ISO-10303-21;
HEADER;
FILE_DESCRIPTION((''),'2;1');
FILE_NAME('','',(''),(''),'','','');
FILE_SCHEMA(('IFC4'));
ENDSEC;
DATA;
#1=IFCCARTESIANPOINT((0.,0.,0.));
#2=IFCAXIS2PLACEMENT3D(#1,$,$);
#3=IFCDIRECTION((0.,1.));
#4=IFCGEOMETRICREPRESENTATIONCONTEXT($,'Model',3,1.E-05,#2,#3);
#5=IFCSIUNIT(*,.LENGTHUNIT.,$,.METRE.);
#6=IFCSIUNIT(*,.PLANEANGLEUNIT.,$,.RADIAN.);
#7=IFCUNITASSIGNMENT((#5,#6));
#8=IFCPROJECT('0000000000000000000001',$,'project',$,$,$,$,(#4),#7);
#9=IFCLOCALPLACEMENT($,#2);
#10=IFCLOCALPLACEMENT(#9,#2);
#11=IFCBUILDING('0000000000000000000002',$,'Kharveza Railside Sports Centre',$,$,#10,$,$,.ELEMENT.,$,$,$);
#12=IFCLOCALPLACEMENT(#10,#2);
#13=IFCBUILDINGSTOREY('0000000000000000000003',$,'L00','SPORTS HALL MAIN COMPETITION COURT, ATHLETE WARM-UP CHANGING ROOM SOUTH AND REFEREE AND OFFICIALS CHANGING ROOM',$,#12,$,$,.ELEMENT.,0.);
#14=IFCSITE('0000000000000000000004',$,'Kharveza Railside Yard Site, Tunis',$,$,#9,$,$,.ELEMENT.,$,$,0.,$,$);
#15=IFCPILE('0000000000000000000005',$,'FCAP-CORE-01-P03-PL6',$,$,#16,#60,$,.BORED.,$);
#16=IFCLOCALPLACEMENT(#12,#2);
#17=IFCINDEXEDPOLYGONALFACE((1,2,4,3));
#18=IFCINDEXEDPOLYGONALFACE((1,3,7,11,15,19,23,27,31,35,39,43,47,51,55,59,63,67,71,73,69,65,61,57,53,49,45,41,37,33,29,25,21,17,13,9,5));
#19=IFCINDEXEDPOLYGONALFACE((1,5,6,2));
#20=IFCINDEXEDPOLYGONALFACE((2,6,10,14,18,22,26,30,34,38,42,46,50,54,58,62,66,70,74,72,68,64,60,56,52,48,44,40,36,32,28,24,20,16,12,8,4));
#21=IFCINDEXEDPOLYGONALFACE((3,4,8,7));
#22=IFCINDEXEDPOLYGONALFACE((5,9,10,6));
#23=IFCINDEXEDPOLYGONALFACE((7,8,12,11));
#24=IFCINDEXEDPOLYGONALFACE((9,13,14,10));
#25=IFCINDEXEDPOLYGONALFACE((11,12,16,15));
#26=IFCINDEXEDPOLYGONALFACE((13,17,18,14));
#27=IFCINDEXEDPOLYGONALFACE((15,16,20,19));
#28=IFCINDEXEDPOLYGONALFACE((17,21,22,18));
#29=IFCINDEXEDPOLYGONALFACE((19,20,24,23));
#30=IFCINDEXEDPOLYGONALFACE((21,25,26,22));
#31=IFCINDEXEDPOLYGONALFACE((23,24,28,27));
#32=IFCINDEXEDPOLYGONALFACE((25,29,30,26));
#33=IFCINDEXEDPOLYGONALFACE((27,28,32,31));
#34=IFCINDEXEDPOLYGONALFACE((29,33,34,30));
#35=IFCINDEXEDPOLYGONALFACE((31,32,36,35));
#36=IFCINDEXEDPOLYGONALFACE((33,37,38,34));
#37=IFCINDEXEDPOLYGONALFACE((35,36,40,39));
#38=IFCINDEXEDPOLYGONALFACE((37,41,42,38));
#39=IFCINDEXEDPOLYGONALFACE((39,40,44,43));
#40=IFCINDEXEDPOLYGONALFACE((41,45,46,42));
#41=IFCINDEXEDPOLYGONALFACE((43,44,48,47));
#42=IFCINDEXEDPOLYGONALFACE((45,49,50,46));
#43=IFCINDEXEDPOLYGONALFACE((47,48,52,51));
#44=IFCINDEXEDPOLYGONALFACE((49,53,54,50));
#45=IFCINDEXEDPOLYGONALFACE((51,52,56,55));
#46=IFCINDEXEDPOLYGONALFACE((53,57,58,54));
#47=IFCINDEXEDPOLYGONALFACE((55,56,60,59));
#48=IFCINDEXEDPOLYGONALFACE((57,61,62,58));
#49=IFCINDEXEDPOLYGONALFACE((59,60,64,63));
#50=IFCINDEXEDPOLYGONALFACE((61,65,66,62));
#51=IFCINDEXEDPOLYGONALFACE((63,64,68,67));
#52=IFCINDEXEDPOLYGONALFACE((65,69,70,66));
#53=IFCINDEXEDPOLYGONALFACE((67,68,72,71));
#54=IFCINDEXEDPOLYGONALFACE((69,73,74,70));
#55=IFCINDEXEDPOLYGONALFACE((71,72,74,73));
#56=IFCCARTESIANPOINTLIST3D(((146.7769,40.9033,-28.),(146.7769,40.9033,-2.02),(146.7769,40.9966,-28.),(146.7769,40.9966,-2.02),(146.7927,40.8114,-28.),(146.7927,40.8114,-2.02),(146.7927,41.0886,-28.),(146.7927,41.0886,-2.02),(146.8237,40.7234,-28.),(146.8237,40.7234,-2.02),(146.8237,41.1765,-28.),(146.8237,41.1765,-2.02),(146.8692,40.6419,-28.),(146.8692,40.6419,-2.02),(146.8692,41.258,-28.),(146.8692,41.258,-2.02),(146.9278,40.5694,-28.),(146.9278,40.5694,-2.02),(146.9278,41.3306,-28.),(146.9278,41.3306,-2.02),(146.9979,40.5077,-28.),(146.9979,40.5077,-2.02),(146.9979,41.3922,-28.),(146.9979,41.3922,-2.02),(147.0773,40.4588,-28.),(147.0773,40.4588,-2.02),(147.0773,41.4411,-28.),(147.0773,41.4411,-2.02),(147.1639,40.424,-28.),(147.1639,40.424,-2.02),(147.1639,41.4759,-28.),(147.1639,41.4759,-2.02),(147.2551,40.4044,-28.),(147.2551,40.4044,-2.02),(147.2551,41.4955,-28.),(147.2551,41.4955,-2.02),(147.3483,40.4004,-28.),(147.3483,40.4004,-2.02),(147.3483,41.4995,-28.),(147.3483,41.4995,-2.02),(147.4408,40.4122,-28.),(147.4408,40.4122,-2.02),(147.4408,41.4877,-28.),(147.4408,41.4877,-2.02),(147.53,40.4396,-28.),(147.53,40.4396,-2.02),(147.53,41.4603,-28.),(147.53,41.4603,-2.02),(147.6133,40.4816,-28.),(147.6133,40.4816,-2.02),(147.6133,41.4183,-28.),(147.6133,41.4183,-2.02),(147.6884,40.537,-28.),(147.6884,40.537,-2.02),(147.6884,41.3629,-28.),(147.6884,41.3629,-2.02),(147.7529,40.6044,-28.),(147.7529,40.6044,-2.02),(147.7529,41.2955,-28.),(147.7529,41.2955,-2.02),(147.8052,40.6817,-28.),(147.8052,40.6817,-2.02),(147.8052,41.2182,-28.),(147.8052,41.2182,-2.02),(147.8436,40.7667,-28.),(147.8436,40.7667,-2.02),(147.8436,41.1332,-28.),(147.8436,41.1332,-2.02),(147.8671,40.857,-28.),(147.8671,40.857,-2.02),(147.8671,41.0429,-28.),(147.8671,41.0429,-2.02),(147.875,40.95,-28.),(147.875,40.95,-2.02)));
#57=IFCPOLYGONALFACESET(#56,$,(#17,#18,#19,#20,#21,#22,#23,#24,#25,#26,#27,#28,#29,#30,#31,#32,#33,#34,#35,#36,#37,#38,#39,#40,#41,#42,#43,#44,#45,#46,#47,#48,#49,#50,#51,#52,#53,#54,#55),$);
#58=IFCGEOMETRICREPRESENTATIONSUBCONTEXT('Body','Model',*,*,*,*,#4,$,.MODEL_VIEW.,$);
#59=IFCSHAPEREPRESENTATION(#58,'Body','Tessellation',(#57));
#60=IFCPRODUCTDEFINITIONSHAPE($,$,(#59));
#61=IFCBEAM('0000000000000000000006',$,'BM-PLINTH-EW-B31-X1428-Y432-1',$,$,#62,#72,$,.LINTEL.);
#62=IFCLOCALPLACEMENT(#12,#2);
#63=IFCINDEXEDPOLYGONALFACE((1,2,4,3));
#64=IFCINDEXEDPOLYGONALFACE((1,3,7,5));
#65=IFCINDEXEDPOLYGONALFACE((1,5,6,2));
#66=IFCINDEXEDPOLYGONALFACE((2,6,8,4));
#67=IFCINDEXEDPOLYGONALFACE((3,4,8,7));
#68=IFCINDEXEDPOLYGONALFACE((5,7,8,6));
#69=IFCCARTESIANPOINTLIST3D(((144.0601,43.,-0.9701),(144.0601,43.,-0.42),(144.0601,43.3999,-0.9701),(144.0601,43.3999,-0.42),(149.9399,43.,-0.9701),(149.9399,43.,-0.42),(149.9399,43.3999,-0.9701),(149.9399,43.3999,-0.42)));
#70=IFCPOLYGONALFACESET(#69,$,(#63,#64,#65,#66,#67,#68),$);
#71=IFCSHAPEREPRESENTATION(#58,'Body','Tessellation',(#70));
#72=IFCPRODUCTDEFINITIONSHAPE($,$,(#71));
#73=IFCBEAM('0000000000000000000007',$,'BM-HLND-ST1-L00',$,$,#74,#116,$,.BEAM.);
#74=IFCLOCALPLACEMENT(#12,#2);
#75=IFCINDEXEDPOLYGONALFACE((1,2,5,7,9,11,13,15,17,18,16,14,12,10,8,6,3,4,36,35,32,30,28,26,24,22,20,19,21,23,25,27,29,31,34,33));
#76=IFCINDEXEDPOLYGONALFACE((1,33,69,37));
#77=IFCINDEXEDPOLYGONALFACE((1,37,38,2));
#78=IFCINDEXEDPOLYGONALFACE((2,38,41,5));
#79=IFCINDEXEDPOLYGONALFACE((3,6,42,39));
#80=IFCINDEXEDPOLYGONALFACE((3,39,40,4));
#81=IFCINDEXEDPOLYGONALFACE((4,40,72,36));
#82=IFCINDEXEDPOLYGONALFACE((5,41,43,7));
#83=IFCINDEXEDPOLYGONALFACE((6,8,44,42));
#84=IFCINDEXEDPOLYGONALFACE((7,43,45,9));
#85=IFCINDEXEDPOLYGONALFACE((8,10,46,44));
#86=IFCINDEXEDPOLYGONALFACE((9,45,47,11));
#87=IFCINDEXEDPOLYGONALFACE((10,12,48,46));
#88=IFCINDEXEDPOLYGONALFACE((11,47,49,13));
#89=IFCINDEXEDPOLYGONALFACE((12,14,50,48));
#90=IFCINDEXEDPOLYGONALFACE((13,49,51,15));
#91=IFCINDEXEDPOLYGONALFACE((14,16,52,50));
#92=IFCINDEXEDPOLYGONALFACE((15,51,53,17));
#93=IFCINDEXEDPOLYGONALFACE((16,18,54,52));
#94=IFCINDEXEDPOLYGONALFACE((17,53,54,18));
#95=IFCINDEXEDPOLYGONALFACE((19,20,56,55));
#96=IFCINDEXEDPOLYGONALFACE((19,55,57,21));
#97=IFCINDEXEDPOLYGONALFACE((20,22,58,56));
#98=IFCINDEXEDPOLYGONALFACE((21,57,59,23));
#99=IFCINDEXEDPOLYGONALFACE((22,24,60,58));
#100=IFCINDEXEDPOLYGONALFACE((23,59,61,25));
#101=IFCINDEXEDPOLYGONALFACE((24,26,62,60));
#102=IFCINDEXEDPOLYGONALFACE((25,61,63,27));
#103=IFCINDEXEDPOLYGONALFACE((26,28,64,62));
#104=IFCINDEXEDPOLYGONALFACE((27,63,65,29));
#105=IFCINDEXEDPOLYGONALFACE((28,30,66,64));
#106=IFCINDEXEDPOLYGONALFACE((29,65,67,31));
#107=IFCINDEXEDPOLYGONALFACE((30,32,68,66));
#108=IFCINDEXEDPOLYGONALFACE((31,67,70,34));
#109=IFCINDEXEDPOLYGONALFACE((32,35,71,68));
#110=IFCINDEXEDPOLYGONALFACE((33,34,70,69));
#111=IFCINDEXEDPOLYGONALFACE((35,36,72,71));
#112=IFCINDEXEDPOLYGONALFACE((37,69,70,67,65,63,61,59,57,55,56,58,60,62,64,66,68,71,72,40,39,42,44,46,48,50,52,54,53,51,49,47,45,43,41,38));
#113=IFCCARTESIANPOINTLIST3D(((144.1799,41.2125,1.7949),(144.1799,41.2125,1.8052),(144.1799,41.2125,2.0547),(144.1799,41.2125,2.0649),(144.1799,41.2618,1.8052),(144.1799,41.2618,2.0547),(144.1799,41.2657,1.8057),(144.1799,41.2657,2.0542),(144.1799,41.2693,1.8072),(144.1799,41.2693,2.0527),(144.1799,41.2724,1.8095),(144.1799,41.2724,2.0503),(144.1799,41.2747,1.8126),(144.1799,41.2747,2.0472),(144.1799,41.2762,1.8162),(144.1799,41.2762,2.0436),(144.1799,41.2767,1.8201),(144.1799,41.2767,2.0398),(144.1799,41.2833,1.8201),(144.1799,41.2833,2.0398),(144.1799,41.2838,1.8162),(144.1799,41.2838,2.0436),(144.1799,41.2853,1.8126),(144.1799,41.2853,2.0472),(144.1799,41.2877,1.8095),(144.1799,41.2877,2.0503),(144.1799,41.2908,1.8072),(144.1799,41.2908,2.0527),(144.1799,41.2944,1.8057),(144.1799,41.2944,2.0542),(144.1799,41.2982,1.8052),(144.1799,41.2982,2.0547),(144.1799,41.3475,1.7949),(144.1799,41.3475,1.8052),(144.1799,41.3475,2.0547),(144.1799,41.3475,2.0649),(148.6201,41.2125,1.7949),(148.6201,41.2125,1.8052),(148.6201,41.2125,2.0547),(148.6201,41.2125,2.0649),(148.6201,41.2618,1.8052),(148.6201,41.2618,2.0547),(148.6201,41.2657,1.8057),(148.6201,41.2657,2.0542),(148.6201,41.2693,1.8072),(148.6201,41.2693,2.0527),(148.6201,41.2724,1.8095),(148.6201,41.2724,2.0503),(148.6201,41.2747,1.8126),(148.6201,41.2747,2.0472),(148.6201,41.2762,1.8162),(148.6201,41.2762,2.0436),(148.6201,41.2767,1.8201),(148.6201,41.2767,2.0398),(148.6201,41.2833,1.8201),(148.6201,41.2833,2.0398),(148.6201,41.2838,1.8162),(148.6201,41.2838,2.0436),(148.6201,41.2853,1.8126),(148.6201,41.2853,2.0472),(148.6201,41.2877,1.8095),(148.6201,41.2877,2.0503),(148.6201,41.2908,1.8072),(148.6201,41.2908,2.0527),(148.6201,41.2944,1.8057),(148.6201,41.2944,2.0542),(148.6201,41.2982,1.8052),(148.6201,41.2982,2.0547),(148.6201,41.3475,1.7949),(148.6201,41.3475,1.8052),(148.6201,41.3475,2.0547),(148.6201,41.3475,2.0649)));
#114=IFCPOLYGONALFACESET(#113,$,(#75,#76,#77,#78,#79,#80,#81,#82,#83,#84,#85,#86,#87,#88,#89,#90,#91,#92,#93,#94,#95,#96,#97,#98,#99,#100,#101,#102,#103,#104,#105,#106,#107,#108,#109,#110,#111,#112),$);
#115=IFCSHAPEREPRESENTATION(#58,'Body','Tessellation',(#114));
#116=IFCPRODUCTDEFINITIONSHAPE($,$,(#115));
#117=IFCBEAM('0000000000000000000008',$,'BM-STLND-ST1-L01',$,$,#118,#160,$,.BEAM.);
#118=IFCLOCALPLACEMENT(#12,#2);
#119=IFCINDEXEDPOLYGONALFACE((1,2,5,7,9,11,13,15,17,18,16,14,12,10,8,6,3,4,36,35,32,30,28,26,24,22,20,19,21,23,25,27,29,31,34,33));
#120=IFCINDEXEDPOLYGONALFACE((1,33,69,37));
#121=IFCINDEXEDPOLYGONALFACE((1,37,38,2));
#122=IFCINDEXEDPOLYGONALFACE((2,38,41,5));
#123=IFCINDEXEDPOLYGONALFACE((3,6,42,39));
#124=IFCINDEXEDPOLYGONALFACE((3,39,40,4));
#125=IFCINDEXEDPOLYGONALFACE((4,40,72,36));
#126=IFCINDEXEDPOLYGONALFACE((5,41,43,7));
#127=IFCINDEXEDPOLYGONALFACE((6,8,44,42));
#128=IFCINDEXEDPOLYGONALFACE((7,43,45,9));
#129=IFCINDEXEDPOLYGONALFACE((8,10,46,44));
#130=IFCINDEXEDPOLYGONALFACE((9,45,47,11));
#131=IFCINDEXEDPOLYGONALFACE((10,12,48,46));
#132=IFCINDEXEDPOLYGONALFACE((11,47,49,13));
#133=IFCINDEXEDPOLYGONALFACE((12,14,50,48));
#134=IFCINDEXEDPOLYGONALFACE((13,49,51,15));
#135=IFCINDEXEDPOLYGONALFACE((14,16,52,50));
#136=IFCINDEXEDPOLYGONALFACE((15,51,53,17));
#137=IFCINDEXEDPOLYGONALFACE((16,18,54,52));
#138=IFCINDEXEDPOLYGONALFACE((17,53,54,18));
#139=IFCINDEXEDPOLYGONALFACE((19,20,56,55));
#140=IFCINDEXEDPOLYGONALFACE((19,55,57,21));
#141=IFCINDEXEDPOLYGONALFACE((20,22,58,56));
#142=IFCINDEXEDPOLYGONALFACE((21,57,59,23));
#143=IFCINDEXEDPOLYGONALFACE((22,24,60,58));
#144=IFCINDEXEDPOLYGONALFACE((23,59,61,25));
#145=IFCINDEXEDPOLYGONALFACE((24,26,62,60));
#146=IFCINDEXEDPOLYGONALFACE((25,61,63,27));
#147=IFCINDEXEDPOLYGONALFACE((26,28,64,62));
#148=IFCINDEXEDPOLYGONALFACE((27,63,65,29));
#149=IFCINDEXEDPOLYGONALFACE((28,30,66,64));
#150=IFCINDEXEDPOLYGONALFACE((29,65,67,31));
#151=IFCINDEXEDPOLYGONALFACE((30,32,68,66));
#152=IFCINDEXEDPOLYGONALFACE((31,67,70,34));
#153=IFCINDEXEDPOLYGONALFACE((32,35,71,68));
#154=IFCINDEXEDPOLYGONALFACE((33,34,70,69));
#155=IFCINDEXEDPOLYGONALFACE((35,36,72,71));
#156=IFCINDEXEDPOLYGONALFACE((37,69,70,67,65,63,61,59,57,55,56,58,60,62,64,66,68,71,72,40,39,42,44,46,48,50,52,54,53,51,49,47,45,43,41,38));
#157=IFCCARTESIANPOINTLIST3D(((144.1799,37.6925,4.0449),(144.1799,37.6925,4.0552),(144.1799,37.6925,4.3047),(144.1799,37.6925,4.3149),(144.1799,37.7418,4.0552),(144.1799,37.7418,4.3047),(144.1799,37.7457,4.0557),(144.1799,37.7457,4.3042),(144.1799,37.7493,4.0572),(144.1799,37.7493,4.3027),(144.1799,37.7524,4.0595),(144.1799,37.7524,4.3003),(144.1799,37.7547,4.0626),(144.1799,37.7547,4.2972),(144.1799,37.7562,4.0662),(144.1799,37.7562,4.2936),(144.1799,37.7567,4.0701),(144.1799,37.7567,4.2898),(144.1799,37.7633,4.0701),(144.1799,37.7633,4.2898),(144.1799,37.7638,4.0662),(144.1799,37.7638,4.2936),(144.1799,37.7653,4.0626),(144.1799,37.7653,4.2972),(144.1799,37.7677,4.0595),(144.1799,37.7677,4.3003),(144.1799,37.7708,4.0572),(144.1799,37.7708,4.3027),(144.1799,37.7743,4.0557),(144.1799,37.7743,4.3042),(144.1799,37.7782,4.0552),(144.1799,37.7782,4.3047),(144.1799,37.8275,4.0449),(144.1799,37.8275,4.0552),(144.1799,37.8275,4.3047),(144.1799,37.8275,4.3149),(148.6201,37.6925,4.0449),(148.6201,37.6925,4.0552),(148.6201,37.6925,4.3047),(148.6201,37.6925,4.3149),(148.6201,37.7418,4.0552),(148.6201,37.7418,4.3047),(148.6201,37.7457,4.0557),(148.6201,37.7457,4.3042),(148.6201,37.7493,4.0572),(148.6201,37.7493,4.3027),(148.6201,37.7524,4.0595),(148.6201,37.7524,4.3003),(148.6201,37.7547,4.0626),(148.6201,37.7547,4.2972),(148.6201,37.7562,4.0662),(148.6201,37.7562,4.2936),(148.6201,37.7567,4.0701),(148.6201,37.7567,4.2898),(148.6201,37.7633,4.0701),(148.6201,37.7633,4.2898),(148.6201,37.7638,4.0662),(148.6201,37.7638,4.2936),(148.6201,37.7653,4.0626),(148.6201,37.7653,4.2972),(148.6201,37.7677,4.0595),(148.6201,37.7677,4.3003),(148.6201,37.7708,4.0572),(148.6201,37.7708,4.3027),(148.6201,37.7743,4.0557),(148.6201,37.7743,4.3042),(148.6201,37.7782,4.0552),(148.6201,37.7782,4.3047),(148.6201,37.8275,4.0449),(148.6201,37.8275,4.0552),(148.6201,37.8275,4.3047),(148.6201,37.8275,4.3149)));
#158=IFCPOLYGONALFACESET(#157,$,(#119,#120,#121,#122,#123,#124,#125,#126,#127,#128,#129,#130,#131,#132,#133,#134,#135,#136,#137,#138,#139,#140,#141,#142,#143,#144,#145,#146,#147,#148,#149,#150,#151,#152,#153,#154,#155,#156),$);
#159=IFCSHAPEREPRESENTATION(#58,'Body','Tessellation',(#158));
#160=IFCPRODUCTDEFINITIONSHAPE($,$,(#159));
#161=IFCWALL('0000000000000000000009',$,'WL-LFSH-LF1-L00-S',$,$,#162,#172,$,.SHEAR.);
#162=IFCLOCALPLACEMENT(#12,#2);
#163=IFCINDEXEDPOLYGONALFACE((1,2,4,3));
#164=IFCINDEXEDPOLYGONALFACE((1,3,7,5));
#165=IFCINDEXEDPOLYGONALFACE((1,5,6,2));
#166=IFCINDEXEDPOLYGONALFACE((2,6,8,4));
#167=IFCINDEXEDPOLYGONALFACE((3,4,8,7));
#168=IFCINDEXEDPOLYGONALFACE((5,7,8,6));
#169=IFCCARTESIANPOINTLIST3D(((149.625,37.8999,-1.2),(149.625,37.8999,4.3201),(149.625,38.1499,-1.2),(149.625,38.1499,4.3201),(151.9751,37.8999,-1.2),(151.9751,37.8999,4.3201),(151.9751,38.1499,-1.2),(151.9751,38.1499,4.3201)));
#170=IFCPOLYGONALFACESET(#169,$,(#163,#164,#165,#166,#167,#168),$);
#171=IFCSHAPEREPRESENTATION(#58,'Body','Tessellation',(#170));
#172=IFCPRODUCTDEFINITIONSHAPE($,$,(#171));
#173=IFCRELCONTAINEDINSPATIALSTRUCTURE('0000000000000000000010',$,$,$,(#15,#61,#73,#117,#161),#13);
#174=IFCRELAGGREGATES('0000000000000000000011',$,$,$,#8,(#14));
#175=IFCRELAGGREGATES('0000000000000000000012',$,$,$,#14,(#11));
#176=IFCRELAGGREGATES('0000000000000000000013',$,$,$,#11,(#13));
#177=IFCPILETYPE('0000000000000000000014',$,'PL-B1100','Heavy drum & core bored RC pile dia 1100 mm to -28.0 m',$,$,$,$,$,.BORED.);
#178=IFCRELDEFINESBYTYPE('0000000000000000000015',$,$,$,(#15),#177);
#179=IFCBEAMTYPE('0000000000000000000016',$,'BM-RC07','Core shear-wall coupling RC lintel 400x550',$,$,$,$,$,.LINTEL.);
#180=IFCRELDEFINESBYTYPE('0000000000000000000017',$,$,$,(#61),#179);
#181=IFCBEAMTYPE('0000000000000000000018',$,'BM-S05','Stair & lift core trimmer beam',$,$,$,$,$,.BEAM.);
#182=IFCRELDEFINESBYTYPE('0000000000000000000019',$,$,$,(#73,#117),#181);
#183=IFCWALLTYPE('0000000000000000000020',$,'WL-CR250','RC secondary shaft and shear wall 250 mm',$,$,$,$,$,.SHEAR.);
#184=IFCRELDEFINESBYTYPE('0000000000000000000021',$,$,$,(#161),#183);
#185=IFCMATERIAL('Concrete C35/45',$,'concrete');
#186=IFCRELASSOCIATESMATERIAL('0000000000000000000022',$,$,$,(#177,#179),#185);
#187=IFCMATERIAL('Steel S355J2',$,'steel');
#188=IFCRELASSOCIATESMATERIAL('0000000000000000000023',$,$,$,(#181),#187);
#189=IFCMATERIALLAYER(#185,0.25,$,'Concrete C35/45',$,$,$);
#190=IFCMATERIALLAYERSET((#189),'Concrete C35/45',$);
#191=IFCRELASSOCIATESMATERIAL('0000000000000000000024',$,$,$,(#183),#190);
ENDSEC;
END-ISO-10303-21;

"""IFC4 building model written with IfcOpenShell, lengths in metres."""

from ifc_helpers import new_model, si_unit, direction, frame, frame_2d, origin, origin_2d, place, context, subcontext, project, spatial, rectangle, circle, i_section, extrude, material, layer, layer_set, material_profile, profile_set, type_object, element, save


model = new_model("IFC4")

# Units and contexts
model_context = context("Model", 3, precision=1e-05, world=origin(), true_north=direction((0.0, 1.0)))
body_context = subcontext(model_context, "Body", "Model", "MODEL_VIEW")
ifc_project = project(units=[si_unit("LENGTHUNIT", "METRE"), si_unit("PLANEANGLEUNIT", "RADIAN")], contexts=[model_context])

# Site, building, storey
site_placement = place(None, origin())
site = spatial("IfcSite", under=ifc_project, at=site_placement, Name="Kharveza Railside Yard Site, Tunis", CompositionType="ELEMENT", RefElevation=0.0)
building_placement = place(site_placement, origin())
building = spatial("IfcBuilding", under=site, at=building_placement, Name="Kharveza Railside Sports Centre", CompositionType="ELEMENT")
storey_placement = place(building_placement, origin())
storey = spatial("IfcBuildingStorey", under=building, at=storey_placement, Name="L00", Description="SPORTS HALL MAIN COMPETITION COURT, ATHLETE WARM-UP CHANGING ROOM SOUTH AND REFEREE AND OFFICIALS CHANGING ROOM", CompositionType="ELEMENT", Elevation=0.0)

# Shared definitions
ifc_material_1 = material(Name="Concrete C35/45", Category="concrete")

# Pile
ifc_material_profile_1 = material_profile(ifc_material_1, circle(Radius=0.55, at=origin_2d()), Name="PILE D1100")
ifc_profile_set_1 = profile_set([ifc_material_profile_1], Name="Concrete C35/45")
pile_type = type_object("IfcPileType", Name="PL-B1100", Description="Heavy drum & core bored RC pile dia 1100 mm to -28.0 m", PredefinedType="BORED", material=ifc_profile_set_1)
for number, where, z_axis, x_axis, name in (
    (1, (147.325, 40.95, -2.02), (0.0, 0.0, -1.0), (1.0, 0.0, 0.0), "FCAP-CORE-01-P03-PL6"),
):
    element("IfcPile", number, at=place(storey_placement, frame(where, z_axis=z_axis, x_axis=x_axis)), inside=storey, type_object=pile_type, Name=name, PredefinedType="BORED", context=body_context, shape_type="SweptSolid", body=[
        extrude(circle(Radius=0.55, at=origin_2d()), origin(), (0.0, 0.0, 1.0), 25.98),
    ])

# Beams
ifc_material_profile_2 = material_profile(ifc_material_1, rectangle(XDim=0.3999, YDim=0.55, at=origin_2d()), Name="RCB 400x550")
ifc_profile_set_2 = profile_set([ifc_material_profile_2], Name="Concrete C35/45")
beam_type_1 = type_object("IfcBeamType", Name="BM-RC07", Description="Core shear-wall coupling RC lintel 400x550", PredefinedType="LINTEL", material=ifc_profile_set_2)
beam_placement = place(storey_placement, frame((144.0601, 43.2, -0.6951), z_axis=(1.0, 0.0, 0.0), x_axis=(0.0, 1.0, 0.0)))
element("IfcBeam", 2, at=beam_placement, inside=storey, type_object=beam_type_1, Name="BM-PLINTH-EW-B31-X1428-Y432-1", PredefinedType="LINTEL", context=body_context, shape_type="SweptSolid", body=[
    extrude(rectangle(XDim=0.3999, YDim=0.55, at=origin_2d()), origin(), (0.0, 0.0, 1.0), 5.8799),
])
ifc_material_2 = material(Name="Steel S355J2", Category="steel")
ifc_material_profile_3 = material_profile(ifc_material_2, i_section(OverallWidth=0.135, OverallDepth=0.27, WebThickness=0.0066, FlangeThickness=0.0103, FilletRadius=0.0149, at=origin_2d()), Name="IPE 270")
ifc_profile_set_3 = profile_set([ifc_material_profile_3], Name="Steel S355J2")
beam_type_2 = type_object("IfcBeamType", Name="BM-S05", Description="Stair & lift core trimmer beam", PredefinedType="BEAM", material=ifc_profile_set_3)
for number, where, z_axis, x_axis, name in (
    (3, (144.1799, 41.28, 1.9299), (1.0, 0.0, 0.0), (0.0, 1.0, 0.0), "BM-HLND-ST1-L00"),
    (4, (144.1799, 37.76, 4.1799), (1.0, 0.0, 0.0), (0.0, 1.0, 0.0), "BM-STLND-ST1-L01"),
):
    element("IfcBeam", number, at=place(storey_placement, frame(where, z_axis=z_axis, x_axis=x_axis)), inside=storey, type_object=beam_type_2, Name=name, PredefinedType="BEAM", context=body_context, shape_type="SweptSolid", body=[
        extrude(i_section(OverallWidth=0.135, OverallDepth=0.27, WebThickness=0.0066, FlangeThickness=0.0103, FilletRadius=0.0149, at=origin_2d()), origin(), (0.0, 0.0, 1.0), 4.4402),
    ])

# Wall
ifc_layer_1 = layer(ifc_material_1, 0.25, Name="Concrete C35/45")
ifc_layer_set_1 = layer_set([ifc_layer_1], Name="Concrete C35/45")
wall_type_1 = type_object("IfcWallType", Name="WL-CR250", Description="RC secondary shaft and shear wall 250 mm", PredefinedType="SHEAR", material=ifc_layer_set_1)
wall_1_placement = place(storey_placement, frame((149.625, 38.0249, -1.2), z_axis=(0.0, 0.0, 1.0), x_axis=(1.0, 0.0, 0.0)))
element("IfcWall", 5, at=wall_1_placement, inside=storey, type_object=wall_type_1, Name="WL-LFSH-LF1-L00-S", PredefinedType="SHEAR", context=body_context, shape_type="SweptSolid", body=[
    extrude(rectangle(XDim=2.3501, YDim=0.25, at=frame_2d((1.175, 0.0))), origin(), (0.0, 0.0, 1.0), 5.52),
])

save(model, "model.ifc")
